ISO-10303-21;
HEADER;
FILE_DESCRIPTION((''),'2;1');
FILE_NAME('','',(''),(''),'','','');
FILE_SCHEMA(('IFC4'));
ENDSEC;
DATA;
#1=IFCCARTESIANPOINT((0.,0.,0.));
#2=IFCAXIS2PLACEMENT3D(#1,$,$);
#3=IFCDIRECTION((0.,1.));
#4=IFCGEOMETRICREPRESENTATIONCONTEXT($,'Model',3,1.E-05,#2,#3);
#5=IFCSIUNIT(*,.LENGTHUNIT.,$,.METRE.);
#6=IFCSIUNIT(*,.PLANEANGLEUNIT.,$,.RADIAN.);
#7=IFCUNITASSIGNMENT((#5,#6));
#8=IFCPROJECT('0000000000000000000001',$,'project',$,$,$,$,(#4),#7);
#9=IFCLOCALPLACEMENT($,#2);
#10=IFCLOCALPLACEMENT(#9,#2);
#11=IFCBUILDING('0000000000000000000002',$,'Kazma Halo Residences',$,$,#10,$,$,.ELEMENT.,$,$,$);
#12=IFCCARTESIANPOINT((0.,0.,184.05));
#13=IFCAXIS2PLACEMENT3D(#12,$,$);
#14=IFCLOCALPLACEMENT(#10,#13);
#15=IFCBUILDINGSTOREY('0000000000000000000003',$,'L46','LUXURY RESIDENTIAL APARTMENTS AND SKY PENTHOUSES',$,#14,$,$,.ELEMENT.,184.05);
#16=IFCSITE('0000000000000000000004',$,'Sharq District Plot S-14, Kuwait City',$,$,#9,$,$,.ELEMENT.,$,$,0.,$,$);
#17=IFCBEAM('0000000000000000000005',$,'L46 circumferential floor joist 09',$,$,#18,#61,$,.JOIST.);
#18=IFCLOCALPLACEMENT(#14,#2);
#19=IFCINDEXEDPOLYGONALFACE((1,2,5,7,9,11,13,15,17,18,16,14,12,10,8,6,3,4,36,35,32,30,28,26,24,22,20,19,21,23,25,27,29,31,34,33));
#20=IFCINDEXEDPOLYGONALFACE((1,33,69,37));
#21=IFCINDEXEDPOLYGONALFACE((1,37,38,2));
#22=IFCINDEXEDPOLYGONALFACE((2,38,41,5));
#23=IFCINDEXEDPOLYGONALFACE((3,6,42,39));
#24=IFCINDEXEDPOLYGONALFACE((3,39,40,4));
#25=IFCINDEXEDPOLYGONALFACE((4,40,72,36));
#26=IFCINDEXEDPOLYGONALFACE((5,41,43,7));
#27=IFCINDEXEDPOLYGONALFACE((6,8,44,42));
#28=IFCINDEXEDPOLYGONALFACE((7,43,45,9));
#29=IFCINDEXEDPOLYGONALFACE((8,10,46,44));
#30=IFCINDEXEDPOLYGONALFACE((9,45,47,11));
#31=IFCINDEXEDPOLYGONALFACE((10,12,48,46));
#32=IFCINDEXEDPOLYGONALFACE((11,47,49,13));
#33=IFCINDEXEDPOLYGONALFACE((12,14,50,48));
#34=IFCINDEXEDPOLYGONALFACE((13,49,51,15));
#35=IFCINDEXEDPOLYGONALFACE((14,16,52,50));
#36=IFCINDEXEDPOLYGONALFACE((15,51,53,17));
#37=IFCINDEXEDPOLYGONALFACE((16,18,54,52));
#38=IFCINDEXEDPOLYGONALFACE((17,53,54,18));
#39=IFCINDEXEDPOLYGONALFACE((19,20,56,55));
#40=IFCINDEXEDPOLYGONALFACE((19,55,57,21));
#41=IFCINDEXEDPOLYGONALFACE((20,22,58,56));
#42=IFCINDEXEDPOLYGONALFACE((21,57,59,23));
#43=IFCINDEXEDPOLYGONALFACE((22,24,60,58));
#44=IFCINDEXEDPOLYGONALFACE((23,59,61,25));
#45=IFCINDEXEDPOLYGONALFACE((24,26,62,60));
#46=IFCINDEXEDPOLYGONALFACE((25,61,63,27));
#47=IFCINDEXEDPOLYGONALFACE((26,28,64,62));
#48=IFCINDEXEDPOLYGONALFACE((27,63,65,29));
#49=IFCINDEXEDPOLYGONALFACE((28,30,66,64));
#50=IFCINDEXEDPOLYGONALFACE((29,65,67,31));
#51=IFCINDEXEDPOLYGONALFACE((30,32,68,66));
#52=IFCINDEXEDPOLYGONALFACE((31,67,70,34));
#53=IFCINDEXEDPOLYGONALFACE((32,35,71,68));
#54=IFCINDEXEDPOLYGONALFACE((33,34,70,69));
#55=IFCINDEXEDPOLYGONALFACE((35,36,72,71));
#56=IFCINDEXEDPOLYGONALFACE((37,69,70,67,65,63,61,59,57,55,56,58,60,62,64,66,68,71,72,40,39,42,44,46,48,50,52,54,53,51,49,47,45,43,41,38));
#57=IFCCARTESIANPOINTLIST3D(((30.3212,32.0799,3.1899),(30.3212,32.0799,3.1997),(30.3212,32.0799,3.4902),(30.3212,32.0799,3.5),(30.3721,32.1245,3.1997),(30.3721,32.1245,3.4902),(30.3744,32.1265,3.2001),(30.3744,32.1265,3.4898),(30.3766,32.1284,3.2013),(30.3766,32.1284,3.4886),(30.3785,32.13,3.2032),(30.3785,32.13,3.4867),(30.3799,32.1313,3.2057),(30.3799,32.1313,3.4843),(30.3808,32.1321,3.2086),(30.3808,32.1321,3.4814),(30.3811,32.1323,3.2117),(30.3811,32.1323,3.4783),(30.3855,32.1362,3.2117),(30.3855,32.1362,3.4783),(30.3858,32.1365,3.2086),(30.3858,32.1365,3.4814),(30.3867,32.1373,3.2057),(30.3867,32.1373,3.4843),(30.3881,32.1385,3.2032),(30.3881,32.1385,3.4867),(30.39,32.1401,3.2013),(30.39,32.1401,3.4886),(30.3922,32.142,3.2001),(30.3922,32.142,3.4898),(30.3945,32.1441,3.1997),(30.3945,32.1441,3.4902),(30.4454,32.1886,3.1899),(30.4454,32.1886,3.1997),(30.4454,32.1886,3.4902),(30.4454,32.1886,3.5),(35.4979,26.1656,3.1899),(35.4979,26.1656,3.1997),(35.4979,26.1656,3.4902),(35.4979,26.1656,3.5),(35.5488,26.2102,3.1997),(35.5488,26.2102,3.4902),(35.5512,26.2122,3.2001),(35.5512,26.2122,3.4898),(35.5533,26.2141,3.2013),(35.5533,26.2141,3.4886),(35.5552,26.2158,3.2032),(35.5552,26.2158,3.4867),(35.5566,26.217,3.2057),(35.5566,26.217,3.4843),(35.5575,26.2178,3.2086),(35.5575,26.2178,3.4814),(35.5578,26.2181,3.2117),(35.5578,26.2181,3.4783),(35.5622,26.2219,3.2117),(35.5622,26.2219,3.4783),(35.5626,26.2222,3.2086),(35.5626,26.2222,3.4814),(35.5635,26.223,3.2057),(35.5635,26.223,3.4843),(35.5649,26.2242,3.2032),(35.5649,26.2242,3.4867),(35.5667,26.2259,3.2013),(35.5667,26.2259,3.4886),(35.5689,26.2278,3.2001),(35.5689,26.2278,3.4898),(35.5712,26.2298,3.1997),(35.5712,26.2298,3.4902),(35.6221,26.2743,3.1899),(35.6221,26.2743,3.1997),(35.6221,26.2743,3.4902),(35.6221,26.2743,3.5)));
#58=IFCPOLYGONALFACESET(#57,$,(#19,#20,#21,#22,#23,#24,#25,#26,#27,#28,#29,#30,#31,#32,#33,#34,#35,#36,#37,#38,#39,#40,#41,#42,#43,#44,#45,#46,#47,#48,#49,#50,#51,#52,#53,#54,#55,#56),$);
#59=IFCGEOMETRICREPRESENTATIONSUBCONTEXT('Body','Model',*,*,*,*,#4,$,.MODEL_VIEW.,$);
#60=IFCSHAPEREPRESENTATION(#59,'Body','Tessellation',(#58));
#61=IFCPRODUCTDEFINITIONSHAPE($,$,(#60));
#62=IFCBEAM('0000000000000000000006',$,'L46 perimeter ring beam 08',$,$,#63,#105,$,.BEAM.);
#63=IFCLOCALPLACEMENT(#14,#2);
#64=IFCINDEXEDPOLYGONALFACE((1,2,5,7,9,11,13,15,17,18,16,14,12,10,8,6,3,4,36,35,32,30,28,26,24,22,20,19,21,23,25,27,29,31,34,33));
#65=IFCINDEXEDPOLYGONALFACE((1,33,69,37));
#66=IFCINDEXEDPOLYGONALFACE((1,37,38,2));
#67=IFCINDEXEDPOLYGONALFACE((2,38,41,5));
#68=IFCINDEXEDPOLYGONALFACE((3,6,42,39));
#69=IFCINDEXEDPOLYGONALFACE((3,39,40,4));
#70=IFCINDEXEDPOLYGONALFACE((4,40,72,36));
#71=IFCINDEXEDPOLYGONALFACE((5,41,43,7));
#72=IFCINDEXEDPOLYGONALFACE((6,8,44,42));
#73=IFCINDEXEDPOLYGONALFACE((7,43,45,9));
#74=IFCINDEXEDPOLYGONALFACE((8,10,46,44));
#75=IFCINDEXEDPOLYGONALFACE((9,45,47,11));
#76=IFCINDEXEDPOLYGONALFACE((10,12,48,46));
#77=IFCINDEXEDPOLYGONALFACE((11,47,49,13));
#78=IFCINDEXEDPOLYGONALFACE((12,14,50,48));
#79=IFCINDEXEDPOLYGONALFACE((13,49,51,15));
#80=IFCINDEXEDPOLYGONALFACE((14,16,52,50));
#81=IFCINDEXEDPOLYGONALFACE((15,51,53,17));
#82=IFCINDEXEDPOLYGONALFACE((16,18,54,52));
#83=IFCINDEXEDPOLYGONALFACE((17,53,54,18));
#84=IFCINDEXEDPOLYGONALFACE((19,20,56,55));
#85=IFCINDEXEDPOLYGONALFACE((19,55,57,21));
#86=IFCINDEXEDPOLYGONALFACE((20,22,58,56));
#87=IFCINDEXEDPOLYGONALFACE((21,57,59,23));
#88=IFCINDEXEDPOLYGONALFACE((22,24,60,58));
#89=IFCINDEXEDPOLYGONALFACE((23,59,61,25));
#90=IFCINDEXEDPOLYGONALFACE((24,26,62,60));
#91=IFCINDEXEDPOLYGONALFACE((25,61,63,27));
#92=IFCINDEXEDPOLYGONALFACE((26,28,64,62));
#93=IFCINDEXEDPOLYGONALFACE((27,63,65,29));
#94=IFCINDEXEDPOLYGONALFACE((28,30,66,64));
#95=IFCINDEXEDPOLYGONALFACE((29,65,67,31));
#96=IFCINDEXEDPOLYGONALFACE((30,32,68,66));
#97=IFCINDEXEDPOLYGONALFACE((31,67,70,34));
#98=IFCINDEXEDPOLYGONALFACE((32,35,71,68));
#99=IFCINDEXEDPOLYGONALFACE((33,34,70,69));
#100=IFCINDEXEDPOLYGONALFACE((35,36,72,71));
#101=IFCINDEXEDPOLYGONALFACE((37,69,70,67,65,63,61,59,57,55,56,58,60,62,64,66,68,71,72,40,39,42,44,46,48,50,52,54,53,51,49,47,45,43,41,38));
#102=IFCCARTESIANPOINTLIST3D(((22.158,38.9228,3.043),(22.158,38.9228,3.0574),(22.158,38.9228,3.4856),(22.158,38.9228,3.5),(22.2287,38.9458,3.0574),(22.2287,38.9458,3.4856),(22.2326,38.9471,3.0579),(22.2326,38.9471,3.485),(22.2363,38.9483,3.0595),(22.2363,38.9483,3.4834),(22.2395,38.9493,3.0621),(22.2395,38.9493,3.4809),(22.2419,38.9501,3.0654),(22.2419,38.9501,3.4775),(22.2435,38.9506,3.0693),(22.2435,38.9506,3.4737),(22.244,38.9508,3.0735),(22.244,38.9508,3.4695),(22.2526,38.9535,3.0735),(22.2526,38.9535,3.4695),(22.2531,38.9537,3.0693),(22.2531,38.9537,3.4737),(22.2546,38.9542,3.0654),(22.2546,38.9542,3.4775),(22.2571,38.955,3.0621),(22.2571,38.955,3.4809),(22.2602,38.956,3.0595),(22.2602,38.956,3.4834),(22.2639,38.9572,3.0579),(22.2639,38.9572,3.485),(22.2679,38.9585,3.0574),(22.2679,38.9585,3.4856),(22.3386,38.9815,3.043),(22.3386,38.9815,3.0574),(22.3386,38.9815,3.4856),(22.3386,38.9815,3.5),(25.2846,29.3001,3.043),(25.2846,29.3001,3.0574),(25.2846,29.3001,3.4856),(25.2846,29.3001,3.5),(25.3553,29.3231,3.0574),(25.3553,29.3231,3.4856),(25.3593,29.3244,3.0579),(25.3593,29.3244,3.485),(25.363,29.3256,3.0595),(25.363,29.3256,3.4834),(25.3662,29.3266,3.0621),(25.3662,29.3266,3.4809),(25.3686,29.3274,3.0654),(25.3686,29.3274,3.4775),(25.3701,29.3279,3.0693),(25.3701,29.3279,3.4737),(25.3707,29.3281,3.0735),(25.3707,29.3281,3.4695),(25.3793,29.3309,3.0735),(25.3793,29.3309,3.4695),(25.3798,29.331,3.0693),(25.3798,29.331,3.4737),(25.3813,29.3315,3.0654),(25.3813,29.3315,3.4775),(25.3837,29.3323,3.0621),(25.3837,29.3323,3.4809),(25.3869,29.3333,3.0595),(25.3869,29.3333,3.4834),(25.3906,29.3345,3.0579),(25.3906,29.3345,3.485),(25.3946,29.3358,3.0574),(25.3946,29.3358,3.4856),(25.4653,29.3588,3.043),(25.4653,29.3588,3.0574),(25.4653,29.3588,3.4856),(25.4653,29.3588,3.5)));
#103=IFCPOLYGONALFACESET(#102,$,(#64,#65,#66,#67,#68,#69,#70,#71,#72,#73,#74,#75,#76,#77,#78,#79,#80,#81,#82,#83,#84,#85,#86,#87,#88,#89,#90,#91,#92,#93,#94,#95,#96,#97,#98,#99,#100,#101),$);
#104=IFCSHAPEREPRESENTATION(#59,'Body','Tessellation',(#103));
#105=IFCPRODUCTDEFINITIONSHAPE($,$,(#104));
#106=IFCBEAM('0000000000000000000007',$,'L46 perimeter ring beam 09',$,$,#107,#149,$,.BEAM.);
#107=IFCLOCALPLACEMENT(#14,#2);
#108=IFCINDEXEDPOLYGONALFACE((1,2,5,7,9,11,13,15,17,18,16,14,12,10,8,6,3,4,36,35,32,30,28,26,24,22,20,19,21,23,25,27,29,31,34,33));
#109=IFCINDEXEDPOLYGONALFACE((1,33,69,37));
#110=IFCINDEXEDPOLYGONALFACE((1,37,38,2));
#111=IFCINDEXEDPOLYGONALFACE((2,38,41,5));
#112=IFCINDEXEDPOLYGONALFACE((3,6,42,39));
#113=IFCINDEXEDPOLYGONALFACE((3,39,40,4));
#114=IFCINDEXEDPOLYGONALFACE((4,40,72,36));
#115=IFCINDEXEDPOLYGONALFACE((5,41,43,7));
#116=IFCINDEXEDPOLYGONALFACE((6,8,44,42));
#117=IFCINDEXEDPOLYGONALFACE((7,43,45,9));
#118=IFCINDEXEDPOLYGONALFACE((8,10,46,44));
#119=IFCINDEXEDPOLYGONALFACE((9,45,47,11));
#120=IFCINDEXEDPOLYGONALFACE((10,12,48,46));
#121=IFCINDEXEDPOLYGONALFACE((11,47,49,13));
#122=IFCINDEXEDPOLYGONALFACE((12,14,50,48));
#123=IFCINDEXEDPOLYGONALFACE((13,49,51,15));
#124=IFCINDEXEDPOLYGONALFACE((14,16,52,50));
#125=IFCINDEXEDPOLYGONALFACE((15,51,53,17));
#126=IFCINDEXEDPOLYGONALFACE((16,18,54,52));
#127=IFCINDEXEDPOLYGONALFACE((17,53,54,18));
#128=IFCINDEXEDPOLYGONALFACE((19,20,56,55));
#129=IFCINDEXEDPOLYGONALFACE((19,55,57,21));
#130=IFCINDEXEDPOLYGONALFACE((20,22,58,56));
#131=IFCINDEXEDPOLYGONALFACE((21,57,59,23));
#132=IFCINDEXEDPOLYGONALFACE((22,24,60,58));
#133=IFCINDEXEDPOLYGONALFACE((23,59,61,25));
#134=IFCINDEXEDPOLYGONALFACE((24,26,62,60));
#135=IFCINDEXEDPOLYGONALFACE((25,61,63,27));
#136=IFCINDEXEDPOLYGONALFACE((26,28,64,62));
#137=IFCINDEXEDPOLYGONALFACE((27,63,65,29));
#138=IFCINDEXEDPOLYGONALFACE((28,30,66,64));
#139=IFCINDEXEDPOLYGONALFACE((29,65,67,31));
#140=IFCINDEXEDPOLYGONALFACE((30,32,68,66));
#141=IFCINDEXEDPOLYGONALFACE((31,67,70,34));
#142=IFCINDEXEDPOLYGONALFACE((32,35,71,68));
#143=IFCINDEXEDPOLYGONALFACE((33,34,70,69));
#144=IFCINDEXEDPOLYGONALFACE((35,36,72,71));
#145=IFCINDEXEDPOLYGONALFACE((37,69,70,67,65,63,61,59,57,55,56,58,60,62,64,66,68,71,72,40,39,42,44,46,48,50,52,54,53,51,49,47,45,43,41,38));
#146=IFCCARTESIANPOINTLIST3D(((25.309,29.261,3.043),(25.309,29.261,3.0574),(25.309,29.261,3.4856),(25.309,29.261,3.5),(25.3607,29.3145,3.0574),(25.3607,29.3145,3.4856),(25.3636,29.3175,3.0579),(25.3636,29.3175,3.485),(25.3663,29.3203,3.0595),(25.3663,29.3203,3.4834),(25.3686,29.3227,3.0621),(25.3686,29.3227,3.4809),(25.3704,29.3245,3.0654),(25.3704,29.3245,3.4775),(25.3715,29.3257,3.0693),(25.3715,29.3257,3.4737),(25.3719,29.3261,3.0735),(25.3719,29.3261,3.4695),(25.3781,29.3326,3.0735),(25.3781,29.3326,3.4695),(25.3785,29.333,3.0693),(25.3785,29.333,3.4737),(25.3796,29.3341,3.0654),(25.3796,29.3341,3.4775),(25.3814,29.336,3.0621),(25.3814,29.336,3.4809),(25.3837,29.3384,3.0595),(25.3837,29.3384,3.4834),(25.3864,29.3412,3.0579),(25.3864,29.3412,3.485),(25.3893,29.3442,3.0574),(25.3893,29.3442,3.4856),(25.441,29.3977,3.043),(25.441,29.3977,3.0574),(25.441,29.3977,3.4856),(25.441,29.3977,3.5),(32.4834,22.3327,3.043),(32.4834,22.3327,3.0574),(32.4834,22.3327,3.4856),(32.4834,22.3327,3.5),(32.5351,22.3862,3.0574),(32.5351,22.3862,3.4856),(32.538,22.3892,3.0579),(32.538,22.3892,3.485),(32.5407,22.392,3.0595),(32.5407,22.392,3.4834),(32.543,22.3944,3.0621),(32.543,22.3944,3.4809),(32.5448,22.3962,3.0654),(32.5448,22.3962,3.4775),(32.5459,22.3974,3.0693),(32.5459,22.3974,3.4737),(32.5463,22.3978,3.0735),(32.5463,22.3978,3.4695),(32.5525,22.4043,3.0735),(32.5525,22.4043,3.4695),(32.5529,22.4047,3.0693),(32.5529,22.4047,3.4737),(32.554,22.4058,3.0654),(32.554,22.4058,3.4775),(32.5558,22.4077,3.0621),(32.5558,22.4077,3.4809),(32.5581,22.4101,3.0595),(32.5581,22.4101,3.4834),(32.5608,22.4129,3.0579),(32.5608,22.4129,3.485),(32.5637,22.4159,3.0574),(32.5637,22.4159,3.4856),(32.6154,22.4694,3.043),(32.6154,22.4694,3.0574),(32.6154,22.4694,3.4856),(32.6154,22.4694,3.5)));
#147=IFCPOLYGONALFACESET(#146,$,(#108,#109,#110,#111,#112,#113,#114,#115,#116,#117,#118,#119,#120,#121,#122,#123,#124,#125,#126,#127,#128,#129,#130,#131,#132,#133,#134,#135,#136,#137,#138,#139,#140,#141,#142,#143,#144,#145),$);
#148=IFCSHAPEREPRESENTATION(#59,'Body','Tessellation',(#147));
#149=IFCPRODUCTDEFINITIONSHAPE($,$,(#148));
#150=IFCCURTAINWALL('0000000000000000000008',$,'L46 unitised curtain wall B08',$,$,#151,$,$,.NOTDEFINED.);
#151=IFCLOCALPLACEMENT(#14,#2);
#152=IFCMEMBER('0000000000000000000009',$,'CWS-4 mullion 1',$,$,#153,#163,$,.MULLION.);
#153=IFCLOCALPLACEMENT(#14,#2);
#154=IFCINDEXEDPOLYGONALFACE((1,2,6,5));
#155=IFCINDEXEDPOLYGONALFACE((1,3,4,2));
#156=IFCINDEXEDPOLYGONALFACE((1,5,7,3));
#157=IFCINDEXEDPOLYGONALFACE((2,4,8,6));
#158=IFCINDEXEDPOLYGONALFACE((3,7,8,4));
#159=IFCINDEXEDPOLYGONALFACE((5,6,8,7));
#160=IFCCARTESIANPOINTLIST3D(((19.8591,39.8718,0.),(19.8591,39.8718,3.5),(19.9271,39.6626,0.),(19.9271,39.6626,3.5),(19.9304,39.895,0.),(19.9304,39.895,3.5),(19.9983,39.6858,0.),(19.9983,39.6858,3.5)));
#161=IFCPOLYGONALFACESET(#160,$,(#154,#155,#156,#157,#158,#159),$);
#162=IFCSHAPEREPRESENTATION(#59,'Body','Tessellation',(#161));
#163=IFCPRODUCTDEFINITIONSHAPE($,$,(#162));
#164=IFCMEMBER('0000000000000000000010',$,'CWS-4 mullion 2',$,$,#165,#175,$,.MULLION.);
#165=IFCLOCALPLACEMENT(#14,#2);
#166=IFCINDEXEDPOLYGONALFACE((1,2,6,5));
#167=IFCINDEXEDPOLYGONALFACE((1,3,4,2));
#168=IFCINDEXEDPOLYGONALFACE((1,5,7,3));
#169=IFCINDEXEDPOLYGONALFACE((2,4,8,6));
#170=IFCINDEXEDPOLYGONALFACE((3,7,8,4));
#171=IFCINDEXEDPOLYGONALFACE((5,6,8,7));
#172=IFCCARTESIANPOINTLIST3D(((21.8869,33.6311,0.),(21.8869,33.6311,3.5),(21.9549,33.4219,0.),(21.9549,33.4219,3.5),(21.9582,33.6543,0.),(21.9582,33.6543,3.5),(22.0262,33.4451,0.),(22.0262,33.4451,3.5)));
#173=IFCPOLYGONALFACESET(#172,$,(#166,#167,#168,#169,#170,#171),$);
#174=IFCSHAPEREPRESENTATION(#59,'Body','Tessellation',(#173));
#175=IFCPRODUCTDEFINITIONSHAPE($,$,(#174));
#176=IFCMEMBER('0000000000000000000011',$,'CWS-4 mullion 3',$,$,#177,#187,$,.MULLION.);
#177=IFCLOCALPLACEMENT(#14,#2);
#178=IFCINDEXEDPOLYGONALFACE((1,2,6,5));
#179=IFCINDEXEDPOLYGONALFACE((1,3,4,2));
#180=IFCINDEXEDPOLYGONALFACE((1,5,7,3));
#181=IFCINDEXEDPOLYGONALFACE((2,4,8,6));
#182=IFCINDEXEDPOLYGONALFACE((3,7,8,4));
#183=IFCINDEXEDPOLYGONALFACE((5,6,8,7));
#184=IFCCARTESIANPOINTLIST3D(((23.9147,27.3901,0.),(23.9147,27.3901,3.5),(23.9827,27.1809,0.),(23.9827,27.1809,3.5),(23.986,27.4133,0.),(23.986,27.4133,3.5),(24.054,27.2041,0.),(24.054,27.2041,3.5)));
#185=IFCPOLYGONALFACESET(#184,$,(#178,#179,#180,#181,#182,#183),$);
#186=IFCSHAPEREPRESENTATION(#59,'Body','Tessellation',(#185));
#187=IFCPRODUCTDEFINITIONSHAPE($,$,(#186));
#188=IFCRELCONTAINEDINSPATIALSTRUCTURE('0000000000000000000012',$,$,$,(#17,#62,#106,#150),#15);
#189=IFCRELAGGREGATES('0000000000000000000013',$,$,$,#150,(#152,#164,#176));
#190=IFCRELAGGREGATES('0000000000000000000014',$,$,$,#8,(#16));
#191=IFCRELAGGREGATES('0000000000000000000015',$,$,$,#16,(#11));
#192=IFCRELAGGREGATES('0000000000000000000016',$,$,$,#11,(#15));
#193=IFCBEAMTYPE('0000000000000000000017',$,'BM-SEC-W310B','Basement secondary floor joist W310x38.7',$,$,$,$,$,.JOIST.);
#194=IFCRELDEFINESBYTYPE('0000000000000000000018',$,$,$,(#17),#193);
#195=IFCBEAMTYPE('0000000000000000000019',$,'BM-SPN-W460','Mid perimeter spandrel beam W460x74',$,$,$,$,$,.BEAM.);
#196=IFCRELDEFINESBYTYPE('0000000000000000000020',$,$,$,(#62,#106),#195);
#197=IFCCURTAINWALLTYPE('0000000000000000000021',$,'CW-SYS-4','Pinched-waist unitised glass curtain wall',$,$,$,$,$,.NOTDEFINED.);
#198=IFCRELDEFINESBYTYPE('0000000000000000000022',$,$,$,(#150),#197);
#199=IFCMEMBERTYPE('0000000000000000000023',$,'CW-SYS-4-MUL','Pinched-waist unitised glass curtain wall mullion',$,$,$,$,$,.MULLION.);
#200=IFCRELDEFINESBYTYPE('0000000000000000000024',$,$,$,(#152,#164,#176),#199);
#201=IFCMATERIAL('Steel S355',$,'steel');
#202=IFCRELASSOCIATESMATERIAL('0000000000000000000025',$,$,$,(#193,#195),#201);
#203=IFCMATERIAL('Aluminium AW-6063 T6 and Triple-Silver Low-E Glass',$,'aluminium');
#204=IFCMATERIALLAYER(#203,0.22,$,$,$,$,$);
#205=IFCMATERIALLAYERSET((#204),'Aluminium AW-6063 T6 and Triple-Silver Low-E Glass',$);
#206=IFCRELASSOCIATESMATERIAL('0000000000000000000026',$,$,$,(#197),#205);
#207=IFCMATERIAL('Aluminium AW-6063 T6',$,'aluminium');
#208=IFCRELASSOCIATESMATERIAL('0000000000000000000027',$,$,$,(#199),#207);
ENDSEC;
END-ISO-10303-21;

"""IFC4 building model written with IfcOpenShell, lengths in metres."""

from ifc_helpers import new_model, si_unit, direction, frame, origin, origin_2d, place, context, subcontext, project, spatial, rectangle, i_section, extrude, material, layer, layer_set, material_profile, profile_set, type_object, element, aggregate, save


model = new_model("IFC4")

# Units and contexts
model_context = context("Model", 3, precision=1e-05, world=origin(), true_north=direction((0.0, 1.0)))
body_context = subcontext(model_context, "Body", "Model", "MODEL_VIEW")
ifc_project = project(units=[si_unit("LENGTHUNIT", "METRE"), si_unit("PLANEANGLEUNIT", "RADIAN")], contexts=[model_context])

# Site, building, storey
site_placement = place(None, origin())
site = spatial("IfcSite", under=ifc_project, at=site_placement, Name="Sharq District Plot S-14, Kuwait City", CompositionType="ELEMENT", RefElevation=0.0)
building_placement = place(site_placement, origin())
building = spatial("IfcBuilding", under=site, at=building_placement, Name="Kazma Halo Residences", CompositionType="ELEMENT")
storey_placement = place(building_placement, frame((0.0, 0.0, 184.05)))
storey = spatial("IfcBuildingStorey", under=building, at=storey_placement, Name="L46", Description="LUXURY RESIDENTIAL APARTMENTS AND SKY PENTHOUSES", CompositionType="ELEMENT", Elevation=184.05)

# Beams
ifc_material_1 = material(Name="Steel S355", Category="steel")
ifc_material_profile_1 = material_profile(ifc_material_1, i_section(OverallWidth=0.165, OverallDepth=0.3101, WebThickness=0.0059, FlangeThickness=0.0098, FilletRadius=0.012, at=origin_2d()), Name="W310x38.7")
ifc_profile_set_1 = profile_set([ifc_material_profile_1], Name="Steel S355")
beam_type_1 = type_object("IfcBeamType", Name="BM-SEC-W310B", Description="Basement secondary floor joist W310x38.7", PredefinedType="JOIST", material=ifc_profile_set_1)
beam_1_placement = place(storey_placement, frame((30.3833, 32.1343, 3.345), z_axis=(0.65863, -0.752467, 0.0), x_axis=(0.752467, 0.65863, 0.0)))
element("IfcBeam", 1, at=beam_1_placement, inside=storey, type_object=beam_type_1, Name="L46 circumferential floor joist 09", PredefinedType="JOIST", context=body_context, shape_type="SweptSolid", body=[
    extrude(i_section(OverallWidth=0.165, OverallDepth=0.3101, WebThickness=0.0059, FlangeThickness=0.0098, FilletRadius=0.012, at=origin_2d()), origin(), (0.0, 0.0, 1.0), 7.8599),
])
ifc_material_profile_2 = material_profile(ifc_material_1, i_section(OverallWidth=0.1899, OverallDepth=0.457, WebThickness=0.009, FlangeThickness=0.0144, FilletRadius=0.0161, at=origin_2d()), Name="W460x74")
ifc_profile_set_2 = profile_set([ifc_material_profile_2], Name="Steel S355")
beam_type_2 = type_object("IfcBeamType", Name="BM-SPN-W460", Description="Mid perimeter spandrel beam W460x74", PredefinedType="BEAM", material=ifc_profile_set_2)
beam_2_placement = place(storey_placement, frame((22.2483, 38.9521, 3.2715), z_axis=(0.309023, -0.951054, 0.0), x_axis=(0.951054, 0.309023, 0.0)))
element("IfcBeam", 2, at=beam_2_placement, inside=storey, type_object=beam_type_2, Name="L46 perimeter ring beam 08", PredefinedType="BEAM", context=body_context, shape_type="SweptSolid", body=[
    extrude(i_section(OverallWidth=0.1899, OverallDepth=0.457, WebThickness=0.009, FlangeThickness=0.0144, FilletRadius=0.0161, at=origin_2d()), origin(), (0.0, 0.0, 1.0), 10.1179),
])
beam_3_placement = place(storey_placement, frame((25.375, 29.3293, 3.2715), z_axis=(0.719337, -0.694662, 0.0), x_axis=(0.694662, 0.719337, 0.0)))
element("IfcBeam", 3, at=beam_3_placement, inside=storey, type_object=beam_type_2, Name="L46 perimeter ring beam 09", PredefinedType="BEAM", context=body_context, shape_type="SweptSolid", body=[
    extrude(i_section(OverallWidth=0.1899, OverallDepth=0.457, WebThickness=0.009, FlangeThickness=0.0144, FilletRadius=0.0161, at=origin_2d()), origin(), (0.0, 0.0, 1.0), 9.9736),
])

# Curtain wall, members
ifc_material_2 = material(Name="Aluminium AW-6063 T6 and Triple-Silver Low-E Glass", Category="aluminium")
ifc_layer_1 = layer(ifc_material_2, 0.22)
ifc_layer_set_1 = layer_set([ifc_layer_1], Name="Aluminium AW-6063 T6 and Triple-Silver Low-E Glass")
curtain_wall_type = type_object("IfcCurtainWallType", Name="CW-SYS-4", Description="Pinched-waist unitised glass curtain wall", PredefinedType="NOTDEFINED", material=ifc_layer_set_1)
curtain_wall_1_placement = place(storey_placement, origin())
curtain_wall_1 = element("IfcCurtainWall", 4, at=curtain_wall_1_placement, inside=storey, type_object=curtain_wall_type, Name="L46 unitised curtain wall B08", PredefinedType="NOTDEFINED")
ifc_material_3 = material(Name="Aluminium AW-6063 T6", Category="aluminium")
ifc_material_profile_3 = material_profile(ifc_material_3, rectangle(XDim=0.075, YDim=0.22, at=origin_2d()), Name="CWM-75x220")
ifc_profile_set_3 = profile_set([ifc_material_profile_3], Name="Aluminium AW-6063 T6")
member_type_1 = type_object("IfcMemberType", Name="CW-SYS-4-MUL", Description="Pinched-waist unitised glass curtain wall mullion", PredefinedType="MULLION", material=ifc_profile_set_3)
member_1_placement = place(storey_placement, frame((19.9287, 39.7788, 0.0), z_axis=(0.0, 0.0, 1.0), x_axis=(0.951057, 0.309016, 0.0)))
member_1 = element("IfcMember", 5, at=member_1_placement, type_object=member_type_1, Name="CWS-4 mullion 1", PredefinedType="MULLION", context=body_context, shape_type="SweptSolid", body=[
    extrude(rectangle(XDim=0.075, YDim=0.22, at=origin_2d()), origin(), (0.0, 0.0, 1.0), 3.5),
])
member_2_placement = place(storey_placement, frame((21.9565, 33.5381, 0.0), z_axis=(0.0, 0.0, 1.0), x_axis=(0.951057, 0.309016, 0.0)))
member_2 = element("IfcMember", 6, at=member_2_placement, type_object=member_type_1, Name="CWS-4 mullion 2", PredefinedType="MULLION", context=body_context, shape_type="SweptSolid", body=[
    extrude(rectangle(XDim=0.075, YDim=0.22, at=origin_2d()), origin(), (0.0, 0.0, 1.0), 3.5),
])
member_3_placement = place(storey_placement, frame((23.9844, 27.2971, 0.0), z_axis=(0.0, 0.0, 1.0), x_axis=(0.951057, 0.309016, 0.0)))
member_3 = element("IfcMember", 7, at=member_3_placement, type_object=member_type_1, Name="CWS-4 mullion 3", PredefinedType="MULLION", context=body_context, shape_type="SweptSolid", body=[
    extrude(rectangle(XDim=0.075, YDim=0.22, at=origin_2d()), origin(), (0.0, 0.0, 1.0), 3.5),
])

aggregate(curtain_wall_1, [member_1, member_2, member_3])

save(model, "model.ifc")
